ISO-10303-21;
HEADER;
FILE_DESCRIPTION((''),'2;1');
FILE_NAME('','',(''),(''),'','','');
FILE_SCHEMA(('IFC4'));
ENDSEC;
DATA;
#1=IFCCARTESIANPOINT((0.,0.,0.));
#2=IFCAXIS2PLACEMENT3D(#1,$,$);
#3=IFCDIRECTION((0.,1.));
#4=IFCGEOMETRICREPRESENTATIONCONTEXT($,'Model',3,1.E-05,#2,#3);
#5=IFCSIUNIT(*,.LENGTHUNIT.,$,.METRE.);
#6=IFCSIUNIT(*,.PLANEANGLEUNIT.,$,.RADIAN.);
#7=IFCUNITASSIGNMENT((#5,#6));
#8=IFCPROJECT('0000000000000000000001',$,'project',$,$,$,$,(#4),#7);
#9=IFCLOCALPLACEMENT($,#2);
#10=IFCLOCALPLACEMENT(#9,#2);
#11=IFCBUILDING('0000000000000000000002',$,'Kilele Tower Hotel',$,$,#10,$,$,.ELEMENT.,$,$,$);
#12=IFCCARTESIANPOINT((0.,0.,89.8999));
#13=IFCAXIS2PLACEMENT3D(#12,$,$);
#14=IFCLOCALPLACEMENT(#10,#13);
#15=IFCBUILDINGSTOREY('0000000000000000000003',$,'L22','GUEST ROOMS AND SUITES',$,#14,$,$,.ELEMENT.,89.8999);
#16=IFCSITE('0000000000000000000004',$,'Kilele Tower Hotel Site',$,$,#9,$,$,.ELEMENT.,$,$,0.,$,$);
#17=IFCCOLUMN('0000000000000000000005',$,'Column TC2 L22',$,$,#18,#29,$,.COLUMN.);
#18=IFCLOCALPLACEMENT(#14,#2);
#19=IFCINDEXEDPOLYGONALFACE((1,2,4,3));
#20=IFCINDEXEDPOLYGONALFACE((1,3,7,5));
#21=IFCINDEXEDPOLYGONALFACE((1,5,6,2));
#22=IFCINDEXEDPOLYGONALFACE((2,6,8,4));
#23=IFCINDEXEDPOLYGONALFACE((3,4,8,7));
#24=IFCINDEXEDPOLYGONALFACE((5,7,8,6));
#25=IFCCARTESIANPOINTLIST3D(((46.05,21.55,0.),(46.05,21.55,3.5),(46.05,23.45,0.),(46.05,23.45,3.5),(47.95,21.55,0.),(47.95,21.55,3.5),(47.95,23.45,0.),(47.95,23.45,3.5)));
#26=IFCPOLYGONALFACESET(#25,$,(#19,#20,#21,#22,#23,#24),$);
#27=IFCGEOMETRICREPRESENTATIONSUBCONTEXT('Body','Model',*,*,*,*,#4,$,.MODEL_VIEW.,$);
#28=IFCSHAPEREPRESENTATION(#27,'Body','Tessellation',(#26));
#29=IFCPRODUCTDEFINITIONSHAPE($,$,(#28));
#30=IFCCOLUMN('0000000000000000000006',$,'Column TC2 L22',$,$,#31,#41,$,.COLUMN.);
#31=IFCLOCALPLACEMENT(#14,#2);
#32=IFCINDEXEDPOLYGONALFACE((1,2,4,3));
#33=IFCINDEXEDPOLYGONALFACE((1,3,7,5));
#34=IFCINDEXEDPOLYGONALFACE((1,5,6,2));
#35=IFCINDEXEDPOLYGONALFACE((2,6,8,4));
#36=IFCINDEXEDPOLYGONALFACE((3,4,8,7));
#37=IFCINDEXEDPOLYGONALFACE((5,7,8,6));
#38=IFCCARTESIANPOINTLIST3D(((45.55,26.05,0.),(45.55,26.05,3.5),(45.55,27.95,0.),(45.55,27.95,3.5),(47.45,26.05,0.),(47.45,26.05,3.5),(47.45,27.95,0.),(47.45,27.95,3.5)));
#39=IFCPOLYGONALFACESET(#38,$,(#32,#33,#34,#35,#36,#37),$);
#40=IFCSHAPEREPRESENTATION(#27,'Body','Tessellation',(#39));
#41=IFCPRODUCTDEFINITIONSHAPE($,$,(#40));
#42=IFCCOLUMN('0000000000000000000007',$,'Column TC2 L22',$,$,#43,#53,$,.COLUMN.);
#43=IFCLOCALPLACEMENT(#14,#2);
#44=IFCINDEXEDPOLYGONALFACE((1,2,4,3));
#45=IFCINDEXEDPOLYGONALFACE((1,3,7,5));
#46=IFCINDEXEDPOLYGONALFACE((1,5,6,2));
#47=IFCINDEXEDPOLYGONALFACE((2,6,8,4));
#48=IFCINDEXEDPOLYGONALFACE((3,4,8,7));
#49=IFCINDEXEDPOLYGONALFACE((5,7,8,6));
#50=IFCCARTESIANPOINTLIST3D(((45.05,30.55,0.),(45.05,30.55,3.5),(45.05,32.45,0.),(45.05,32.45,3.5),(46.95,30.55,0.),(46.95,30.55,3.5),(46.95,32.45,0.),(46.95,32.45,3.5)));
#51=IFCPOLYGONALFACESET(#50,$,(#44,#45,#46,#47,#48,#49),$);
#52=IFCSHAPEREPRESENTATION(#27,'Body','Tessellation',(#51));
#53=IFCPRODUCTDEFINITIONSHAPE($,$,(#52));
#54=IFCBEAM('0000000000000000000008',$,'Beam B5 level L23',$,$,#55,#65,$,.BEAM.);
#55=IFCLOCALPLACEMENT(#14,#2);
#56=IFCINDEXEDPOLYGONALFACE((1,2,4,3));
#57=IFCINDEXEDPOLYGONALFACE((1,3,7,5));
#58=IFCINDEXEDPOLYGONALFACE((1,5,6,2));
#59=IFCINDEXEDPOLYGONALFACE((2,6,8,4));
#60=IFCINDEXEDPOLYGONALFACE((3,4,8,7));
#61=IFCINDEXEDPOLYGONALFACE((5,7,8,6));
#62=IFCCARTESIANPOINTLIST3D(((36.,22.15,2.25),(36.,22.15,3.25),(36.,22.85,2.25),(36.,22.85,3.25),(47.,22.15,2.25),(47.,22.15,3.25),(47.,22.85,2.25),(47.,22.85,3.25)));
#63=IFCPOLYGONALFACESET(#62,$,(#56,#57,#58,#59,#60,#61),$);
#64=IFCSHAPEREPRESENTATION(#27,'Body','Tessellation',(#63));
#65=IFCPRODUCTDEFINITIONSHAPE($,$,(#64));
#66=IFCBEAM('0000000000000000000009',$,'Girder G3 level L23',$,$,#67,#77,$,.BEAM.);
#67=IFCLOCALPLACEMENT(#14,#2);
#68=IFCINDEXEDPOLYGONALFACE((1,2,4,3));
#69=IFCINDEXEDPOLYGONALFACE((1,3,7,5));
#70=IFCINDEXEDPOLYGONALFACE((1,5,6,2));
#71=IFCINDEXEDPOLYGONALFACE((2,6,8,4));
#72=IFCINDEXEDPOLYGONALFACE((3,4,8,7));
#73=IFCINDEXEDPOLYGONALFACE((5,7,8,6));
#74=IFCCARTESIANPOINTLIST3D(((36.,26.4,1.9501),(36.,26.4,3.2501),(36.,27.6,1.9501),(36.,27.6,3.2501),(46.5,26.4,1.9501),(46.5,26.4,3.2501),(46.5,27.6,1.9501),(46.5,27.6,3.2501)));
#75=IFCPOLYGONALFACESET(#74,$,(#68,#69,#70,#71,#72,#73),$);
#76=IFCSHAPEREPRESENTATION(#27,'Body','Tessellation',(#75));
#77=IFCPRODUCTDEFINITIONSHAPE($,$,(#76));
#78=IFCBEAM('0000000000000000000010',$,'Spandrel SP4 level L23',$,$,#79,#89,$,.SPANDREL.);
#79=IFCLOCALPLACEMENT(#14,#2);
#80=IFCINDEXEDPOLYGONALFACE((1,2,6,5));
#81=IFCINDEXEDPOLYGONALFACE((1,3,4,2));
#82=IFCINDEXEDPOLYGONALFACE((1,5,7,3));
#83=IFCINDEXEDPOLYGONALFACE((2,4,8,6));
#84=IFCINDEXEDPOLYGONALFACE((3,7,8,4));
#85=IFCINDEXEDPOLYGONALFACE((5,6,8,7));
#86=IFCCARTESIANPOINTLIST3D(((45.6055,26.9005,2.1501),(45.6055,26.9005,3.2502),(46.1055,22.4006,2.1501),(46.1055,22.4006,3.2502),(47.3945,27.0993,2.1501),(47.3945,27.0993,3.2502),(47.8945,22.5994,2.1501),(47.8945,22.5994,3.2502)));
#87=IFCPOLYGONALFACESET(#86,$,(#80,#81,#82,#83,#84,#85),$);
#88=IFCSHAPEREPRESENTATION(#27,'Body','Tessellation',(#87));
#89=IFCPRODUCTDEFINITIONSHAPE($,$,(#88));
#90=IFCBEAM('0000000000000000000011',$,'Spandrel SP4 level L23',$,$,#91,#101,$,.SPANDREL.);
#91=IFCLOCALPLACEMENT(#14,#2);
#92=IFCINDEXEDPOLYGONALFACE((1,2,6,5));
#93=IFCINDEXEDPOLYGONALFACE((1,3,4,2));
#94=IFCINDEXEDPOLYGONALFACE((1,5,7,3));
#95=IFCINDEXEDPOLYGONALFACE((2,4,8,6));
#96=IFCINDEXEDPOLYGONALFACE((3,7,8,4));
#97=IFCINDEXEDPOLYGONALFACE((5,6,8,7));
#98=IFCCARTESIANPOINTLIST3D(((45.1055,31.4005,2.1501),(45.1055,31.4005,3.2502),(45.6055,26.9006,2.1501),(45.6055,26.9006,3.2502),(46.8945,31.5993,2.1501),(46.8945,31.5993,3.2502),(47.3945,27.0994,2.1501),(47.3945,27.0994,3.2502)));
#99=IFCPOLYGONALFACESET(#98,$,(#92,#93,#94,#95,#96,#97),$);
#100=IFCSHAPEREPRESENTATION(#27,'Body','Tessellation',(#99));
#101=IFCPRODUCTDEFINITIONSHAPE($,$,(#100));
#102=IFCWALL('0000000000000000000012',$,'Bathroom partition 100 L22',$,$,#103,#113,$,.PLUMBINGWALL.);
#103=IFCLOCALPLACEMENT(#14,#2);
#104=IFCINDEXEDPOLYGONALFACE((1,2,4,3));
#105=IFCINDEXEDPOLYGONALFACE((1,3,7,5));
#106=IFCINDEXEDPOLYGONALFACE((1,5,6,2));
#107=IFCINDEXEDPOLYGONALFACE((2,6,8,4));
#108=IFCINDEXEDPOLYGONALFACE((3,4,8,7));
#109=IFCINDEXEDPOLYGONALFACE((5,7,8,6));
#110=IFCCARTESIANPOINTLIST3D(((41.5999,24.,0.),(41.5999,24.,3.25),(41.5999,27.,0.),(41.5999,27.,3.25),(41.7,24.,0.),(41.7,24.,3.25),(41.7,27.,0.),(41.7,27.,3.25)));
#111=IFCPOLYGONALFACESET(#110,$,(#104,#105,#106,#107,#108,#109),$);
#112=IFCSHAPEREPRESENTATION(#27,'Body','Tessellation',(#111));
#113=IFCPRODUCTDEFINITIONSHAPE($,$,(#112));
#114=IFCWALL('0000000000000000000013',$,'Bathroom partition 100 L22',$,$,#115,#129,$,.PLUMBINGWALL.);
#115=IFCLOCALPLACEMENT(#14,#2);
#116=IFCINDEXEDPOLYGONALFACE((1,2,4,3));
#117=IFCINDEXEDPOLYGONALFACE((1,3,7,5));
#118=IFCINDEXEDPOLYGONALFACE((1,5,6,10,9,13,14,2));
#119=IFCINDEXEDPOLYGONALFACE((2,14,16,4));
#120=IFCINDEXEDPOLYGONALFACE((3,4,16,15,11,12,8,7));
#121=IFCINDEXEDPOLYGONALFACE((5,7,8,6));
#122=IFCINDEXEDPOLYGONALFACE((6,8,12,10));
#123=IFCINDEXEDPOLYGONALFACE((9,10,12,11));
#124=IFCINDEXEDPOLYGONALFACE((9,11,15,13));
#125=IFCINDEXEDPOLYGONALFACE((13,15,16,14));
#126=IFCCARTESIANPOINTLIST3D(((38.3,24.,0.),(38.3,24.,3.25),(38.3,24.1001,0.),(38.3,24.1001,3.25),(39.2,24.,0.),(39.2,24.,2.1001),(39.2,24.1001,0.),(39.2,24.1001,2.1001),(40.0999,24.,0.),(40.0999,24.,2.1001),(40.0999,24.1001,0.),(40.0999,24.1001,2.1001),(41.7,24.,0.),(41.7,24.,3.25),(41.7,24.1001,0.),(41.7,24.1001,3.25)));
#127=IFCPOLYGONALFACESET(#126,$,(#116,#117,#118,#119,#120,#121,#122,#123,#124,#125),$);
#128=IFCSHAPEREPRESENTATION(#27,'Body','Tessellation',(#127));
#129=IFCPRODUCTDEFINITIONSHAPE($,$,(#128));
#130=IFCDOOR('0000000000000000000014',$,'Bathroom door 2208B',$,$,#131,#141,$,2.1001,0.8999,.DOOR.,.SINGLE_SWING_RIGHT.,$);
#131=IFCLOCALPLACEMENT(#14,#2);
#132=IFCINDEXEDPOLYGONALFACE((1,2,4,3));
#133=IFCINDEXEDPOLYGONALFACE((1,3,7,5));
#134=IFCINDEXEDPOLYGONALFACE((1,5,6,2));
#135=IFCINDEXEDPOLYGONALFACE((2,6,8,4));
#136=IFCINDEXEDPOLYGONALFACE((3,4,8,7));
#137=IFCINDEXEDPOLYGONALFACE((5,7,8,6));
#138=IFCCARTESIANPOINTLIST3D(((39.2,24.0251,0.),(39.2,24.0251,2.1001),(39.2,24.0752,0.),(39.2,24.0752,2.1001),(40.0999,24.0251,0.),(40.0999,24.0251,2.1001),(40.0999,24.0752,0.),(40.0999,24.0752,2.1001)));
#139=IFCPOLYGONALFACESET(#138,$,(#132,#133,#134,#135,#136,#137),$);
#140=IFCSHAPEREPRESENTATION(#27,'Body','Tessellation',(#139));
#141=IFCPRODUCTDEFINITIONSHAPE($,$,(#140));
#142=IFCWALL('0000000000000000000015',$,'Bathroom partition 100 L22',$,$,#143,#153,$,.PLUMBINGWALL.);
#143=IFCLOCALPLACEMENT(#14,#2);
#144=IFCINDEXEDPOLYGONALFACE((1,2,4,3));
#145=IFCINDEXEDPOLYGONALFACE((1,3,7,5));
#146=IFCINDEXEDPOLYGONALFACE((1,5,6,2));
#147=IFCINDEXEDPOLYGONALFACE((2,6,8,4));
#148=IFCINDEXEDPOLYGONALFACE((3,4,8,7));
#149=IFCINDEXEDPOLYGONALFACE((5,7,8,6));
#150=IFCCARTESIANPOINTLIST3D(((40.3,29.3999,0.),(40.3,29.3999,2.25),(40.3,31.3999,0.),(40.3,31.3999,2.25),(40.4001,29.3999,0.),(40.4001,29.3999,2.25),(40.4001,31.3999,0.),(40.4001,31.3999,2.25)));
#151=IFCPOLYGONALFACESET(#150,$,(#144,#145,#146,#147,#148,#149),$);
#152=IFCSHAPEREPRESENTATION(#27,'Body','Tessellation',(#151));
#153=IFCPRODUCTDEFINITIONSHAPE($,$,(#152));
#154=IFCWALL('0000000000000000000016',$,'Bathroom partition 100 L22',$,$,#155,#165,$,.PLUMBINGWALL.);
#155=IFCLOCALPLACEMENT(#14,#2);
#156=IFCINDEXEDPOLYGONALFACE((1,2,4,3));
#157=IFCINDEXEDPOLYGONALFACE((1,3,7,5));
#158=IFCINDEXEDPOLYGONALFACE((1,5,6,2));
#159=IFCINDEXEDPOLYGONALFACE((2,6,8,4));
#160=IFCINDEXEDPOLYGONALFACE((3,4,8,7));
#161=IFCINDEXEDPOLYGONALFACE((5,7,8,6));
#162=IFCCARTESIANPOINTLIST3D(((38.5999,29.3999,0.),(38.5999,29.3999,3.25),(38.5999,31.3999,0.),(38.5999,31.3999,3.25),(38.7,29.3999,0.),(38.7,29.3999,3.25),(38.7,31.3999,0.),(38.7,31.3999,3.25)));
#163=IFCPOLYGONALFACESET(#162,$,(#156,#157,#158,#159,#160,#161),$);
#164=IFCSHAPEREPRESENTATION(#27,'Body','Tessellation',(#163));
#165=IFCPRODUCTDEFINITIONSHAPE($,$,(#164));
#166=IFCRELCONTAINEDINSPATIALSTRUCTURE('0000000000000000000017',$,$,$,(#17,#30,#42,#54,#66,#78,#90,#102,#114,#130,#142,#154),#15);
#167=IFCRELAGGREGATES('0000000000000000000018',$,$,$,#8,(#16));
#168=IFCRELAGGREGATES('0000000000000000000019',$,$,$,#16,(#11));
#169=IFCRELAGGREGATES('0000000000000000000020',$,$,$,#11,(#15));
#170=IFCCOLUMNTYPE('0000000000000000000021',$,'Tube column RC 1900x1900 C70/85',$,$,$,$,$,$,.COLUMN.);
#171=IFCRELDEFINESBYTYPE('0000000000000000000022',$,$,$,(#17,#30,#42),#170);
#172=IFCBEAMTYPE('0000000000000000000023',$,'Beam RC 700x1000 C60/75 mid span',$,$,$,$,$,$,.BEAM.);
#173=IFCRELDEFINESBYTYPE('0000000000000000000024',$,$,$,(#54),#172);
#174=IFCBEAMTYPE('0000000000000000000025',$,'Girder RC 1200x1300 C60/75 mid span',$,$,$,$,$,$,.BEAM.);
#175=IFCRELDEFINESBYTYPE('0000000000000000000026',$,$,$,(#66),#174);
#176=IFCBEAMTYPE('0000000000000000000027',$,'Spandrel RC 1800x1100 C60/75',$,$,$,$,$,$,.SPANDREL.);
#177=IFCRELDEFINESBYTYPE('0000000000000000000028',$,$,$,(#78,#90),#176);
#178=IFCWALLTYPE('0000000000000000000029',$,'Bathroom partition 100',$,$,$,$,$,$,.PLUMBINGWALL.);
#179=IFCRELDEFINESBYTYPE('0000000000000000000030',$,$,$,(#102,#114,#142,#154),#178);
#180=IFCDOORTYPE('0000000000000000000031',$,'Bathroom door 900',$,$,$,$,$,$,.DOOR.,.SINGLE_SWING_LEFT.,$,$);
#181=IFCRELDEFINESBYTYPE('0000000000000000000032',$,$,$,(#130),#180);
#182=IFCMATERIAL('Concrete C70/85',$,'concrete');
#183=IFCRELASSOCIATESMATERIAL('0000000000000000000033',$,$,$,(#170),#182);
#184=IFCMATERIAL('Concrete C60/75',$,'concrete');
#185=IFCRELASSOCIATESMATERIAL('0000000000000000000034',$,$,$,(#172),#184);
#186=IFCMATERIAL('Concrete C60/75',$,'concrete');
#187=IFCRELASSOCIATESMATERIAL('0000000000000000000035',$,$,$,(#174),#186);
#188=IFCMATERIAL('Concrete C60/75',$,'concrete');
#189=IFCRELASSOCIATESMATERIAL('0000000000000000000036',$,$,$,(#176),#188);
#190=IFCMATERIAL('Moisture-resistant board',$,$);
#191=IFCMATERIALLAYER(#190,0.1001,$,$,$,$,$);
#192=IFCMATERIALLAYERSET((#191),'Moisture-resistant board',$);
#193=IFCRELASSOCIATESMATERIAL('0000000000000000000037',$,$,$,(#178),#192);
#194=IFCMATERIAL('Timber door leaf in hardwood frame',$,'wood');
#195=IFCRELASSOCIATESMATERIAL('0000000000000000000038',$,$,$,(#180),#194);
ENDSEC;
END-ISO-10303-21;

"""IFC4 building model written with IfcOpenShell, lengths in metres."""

from ifc_helpers import new_model, si_unit, direction, frame, frame_2d, origin, origin_2d, place, context, subcontext, project, spatial, rectangle, extrude, material, layer, layer_set, material_profile, profile_set, type_object, element, fill, save


model = new_model("IFC4")

# Units and contexts
model_context = context("Model", 3, precision=1e-05, world=origin(), true_north=direction((0.0, 1.0)))
body_context = subcontext(model_context, "Body", "Model", "MODEL_VIEW")
ifc_project = project(units=[si_unit("LENGTHUNIT", "METRE"), si_unit("PLANEANGLEUNIT", "RADIAN")], contexts=[model_context])

# Site, building, storey
site_placement = place(None, origin())
site = spatial("IfcSite", under=ifc_project, at=site_placement, Name="Kilele Tower Hotel Site", CompositionType="ELEMENT", RefElevation=0.0)
building_placement = place(site_placement, origin())
building = spatial("IfcBuilding", under=site, at=building_placement, Name="Kilele Tower Hotel", CompositionType="ELEMENT")
storey_placement = place(building_placement, frame((0.0, 0.0, 89.8999)))
storey = spatial("IfcBuildingStorey", under=building, at=storey_placement, Name="L22", Description="GUEST ROOMS AND SUITES", CompositionType="ELEMENT", Elevation=89.8999)

# Columns
ifc_material_1 = material(Name="Concrete C70/85", Category="concrete")
ifc_material_profile_1 = material_profile(ifc_material_1, rectangle(XDim=1.8999, YDim=1.8999, at=origin_2d()))
ifc_profile_set_1 = profile_set([ifc_material_profile_1], Name="Concrete C70/85")
column_type = type_object("IfcColumnType", Name="Tube column RC 1900x1900 C70/85", PredefinedType="COLUMN", material=ifc_profile_set_1)
for number, where, z_axis, x_axis, name in (
    (1, (47.0, 22.5, 0.0), (0.0, 0.0, 1.0), (1.0, 0.0, 0.0), "Column TC2 L22"),
    (2, (46.5, 27.0, 0.0), (0.0, 0.0, 1.0), (1.0, 0.0, 0.0), "Column TC2 L22"),
    (3, (46.0, 31.5, 0.0), (0.0, 0.0, 1.0), (1.0, 0.0, 0.0), "Column TC2 L22"),
):
    element("IfcColumn", number, at=place(storey_placement, frame(where, z_axis=z_axis, x_axis=x_axis)), inside=storey, type_object=column_type, Name=name, PredefinedType="COLUMN", context=body_context, shape_type="SweptSolid", body=[
        extrude(rectangle(XDim=1.8999, YDim=1.8999, at=origin_2d()), origin(), (0.0, 0.0, 1.0), 3.5),
    ])

# Beams
ifc_material_2 = material(Name="Concrete C60/75", Category="concrete")
ifc_material_profile_2 = material_profile(ifc_material_2, rectangle(XDim=0.7, YDim=1.0, at=origin_2d()))
ifc_profile_set_2 = profile_set([ifc_material_profile_2], Name="Concrete C60/75")
beam_type_1 = type_object("IfcBeamType", Name="Beam RC 700x1000 C60/75 mid span", PredefinedType="BEAM", material=ifc_profile_set_2)
beam_1_placement = place(storey_placement, frame((47.0, 22.5, 2.75), z_axis=(-1.0, 0.0, 0.0), x_axis=(0.0, -1.0, 0.0)))
element("IfcBeam", 4, at=beam_1_placement, inside=storey, type_object=beam_type_1, Name="Beam B5 level L23", PredefinedType="BEAM", context=body_context, shape_type="SweptSolid", body=[
    extrude(rectangle(XDim=0.7, YDim=1.0, at=origin_2d()), origin(), (0.0, 0.0, 1.0), 11.0),
])
ifc_material_3 = material(Name="Concrete C60/75", Category="concrete")
ifc_material_profile_3 = material_profile(ifc_material_3, rectangle(XDim=1.2, YDim=1.3, at=origin_2d()))
ifc_profile_set_3 = profile_set([ifc_material_profile_3], Name="Concrete C60/75")
beam_type_2 = type_object("IfcBeamType", Name="Girder RC 1200x1300 C60/75 mid span", PredefinedType="BEAM", material=ifc_profile_set_3)
beam_2_placement = place(storey_placement, frame((46.5, 27.0, 2.6001), z_axis=(-1.0, 0.0, 0.0), x_axis=(0.0, -1.0, 0.0)))
element("IfcBeam", 5, at=beam_2_placement, inside=storey, type_object=beam_type_2, Name="Girder G3 level L23", PredefinedType="BEAM", context=body_context, shape_type="SweptSolid", body=[
    extrude(rectangle(XDim=1.2, YDim=1.3, at=origin_2d()), origin(), (0.0, 0.0, 1.0), 10.5),
])
ifc_material_4 = material(Name="Concrete C60/75", Category="concrete")
ifc_material_profile_4 = material_profile(ifc_material_4, rectangle(XDim=1.8, YDim=1.1001, at=origin_2d()))
ifc_profile_set_4 = profile_set([ifc_material_profile_4], Name="Concrete C60/75")
beam_type_3 = type_object("IfcBeamType", Name="Spandrel RC 1800x1100 C60/75", PredefinedType="SPANDREL", material=ifc_profile_set_4)
for number, where, z_axis, x_axis, name in (
    (6, (47.0, 22.5, 2.7002), (-0.110432, 0.993884, 0.0), (-0.993884, -0.110432, 0.0), "Spandrel SP4 level L23"),
    (7, (46.5, 27.0, 2.7002), (-0.110432, 0.993884, 0.0), (-0.993884, -0.110432, 0.0), "Spandrel SP4 level L23"),
):
    element("IfcBeam", number, at=place(storey_placement, frame(where, z_axis=z_axis, x_axis=x_axis)), inside=storey, type_object=beam_type_3, Name=name, PredefinedType="SPANDREL", context=body_context, shape_type="SweptSolid", body=[
        extrude(rectangle(XDim=1.8, YDim=1.1001, at=origin_2d()), origin(), (0.0, 0.0, 1.0), 4.5276),
    ])

# Wall
ifc_material_5 = material(Name="Moisture-resistant board")
ifc_layer_1 = layer(ifc_material_5, 0.1001)
ifc_layer_set_1 = layer_set([ifc_layer_1], Name="Moisture-resistant board")
wall_type_1 = type_object("IfcWallType", Name="Bathroom partition 100", PredefinedType="PLUMBINGWALL", material=ifc_layer_set_1)
wall_1_placement = place(storey_placement, frame((41.6499, 24.0, 0.0), z_axis=(0.0, 0.0, 1.0), x_axis=(0.0, 1.0, 0.0)))
element("IfcWall", 8, at=wall_1_placement, inside=storey, type_object=wall_type_1, Name="Bathroom partition 100 L22", PredefinedType="PLUMBINGWALL", context=body_context, shape_type="SweptSolid", body=[
    extrude(rectangle(XDim=3.0, YDim=0.1001, at=frame_2d((1.5, 0.0))), origin(), (0.0, 0.0, 1.0), 3.25),
])

# Wall, opening, door
wall_2_placement = place(storey_placement, frame((38.3, 24.05, 0.0), z_axis=(0.0, 0.0, 1.0), x_axis=(1.0, 0.0, 0.0)))
wall_2 = element("IfcWall", 9, at=wall_2_placement, inside=storey, type_object=wall_type_1, Name="Bathroom partition 100 L22", PredefinedType="PLUMBINGWALL", context=body_context, shape_type="SweptSolid", body=[
    extrude(rectangle(XDim=3.3999, YDim=0.1001, at=frame_2d((1.7, 0.0))), origin(), (0.0, 0.0, 1.0), 3.25),
])
opening_1_placement = place(wall_2_placement, frame((1.7998, 0.0, 0.0), z_axis=(0.0, 0.0, 1.0), x_axis=(-1.0, 0.0, 0.0)))
opening_1 = element("IfcOpeningElement", 10, at=opening_1_placement, cuts=wall_2, PredefinedType="OPENING", context=body_context, shape_type="SweptSolid", body=[
    extrude(rectangle(XDim=0.8999, YDim=2.1001, at=frame_2d((0.45, 1.05))), frame((0.0, 0.0601, 0.0), z_axis=(0.0, -1.0, 0.0), x_axis=(1.0, 0.0, 0.0)), (0.0, 0.0, 1.0), 0.1201),
])
ifc_material_6 = material(Name="Timber door leaf in hardwood frame", Category="wood")
door_type_1 = type_object("IfcDoorType", Name="Bathroom door 900", OperationType="SINGLE_SWING_LEFT", PredefinedType="DOOR", material=ifc_material_6)
door_1_placement = place(opening_1_placement, origin())
door_1 = element("IfcDoor", 11, at=door_1_placement, inside=storey, type_object=door_type_1, Name="Bathroom door 2208B", OperationType="SINGLE_SWING_RIGHT", OverallHeight=2.1001, OverallWidth=0.8999, PredefinedType="DOOR", context=body_context, shape_type="SweptSolid", body=[
    extrude(rectangle(XDim=0.8999, YDim=2.1001, at=frame_2d((0.45, 1.05))), frame((0.0, 0.0249, 0.0), z_axis=(0.0, -1.0, 0.0), x_axis=(1.0, 0.0, 0.0)), (0.0, 0.0, 1.0), 0.05),
])
fill(opening_1, door_1)

# Walls
wall_3_placement = place(storey_placement, frame((40.3501, 31.3999, 0.0), z_axis=(0.0, 0.0, 1.0), x_axis=(0.0, -1.0, 0.0)))
element("IfcWall", 12, at=wall_3_placement, inside=storey, type_object=wall_type_1, Name="Bathroom partition 100 L22", PredefinedType="PLUMBINGWALL", context=body_context, shape_type="SweptSolid", body=[
    extrude(rectangle(XDim=2.0, YDim=0.1001, at=frame_2d((1.0, 0.0))), origin(), (0.0, 0.0, 1.0), 2.25),
])
wall_4_placement = place(storey_placement, frame((38.6499, 31.3999, 0.0), z_axis=(0.0, 0.0, 1.0), x_axis=(0.0, -1.0, 0.0)))
element("IfcWall", 13, at=wall_4_placement, inside=storey, type_object=wall_type_1, Name="Bathroom partition 100 L22", PredefinedType="PLUMBINGWALL", context=body_context, shape_type="SweptSolid", body=[
    extrude(rectangle(XDim=2.0, YDim=0.1001, at=frame_2d((1.0, 0.0))), origin(), (0.0, 0.0, 1.0), 3.25),
])

save(model, "model.ifc")
